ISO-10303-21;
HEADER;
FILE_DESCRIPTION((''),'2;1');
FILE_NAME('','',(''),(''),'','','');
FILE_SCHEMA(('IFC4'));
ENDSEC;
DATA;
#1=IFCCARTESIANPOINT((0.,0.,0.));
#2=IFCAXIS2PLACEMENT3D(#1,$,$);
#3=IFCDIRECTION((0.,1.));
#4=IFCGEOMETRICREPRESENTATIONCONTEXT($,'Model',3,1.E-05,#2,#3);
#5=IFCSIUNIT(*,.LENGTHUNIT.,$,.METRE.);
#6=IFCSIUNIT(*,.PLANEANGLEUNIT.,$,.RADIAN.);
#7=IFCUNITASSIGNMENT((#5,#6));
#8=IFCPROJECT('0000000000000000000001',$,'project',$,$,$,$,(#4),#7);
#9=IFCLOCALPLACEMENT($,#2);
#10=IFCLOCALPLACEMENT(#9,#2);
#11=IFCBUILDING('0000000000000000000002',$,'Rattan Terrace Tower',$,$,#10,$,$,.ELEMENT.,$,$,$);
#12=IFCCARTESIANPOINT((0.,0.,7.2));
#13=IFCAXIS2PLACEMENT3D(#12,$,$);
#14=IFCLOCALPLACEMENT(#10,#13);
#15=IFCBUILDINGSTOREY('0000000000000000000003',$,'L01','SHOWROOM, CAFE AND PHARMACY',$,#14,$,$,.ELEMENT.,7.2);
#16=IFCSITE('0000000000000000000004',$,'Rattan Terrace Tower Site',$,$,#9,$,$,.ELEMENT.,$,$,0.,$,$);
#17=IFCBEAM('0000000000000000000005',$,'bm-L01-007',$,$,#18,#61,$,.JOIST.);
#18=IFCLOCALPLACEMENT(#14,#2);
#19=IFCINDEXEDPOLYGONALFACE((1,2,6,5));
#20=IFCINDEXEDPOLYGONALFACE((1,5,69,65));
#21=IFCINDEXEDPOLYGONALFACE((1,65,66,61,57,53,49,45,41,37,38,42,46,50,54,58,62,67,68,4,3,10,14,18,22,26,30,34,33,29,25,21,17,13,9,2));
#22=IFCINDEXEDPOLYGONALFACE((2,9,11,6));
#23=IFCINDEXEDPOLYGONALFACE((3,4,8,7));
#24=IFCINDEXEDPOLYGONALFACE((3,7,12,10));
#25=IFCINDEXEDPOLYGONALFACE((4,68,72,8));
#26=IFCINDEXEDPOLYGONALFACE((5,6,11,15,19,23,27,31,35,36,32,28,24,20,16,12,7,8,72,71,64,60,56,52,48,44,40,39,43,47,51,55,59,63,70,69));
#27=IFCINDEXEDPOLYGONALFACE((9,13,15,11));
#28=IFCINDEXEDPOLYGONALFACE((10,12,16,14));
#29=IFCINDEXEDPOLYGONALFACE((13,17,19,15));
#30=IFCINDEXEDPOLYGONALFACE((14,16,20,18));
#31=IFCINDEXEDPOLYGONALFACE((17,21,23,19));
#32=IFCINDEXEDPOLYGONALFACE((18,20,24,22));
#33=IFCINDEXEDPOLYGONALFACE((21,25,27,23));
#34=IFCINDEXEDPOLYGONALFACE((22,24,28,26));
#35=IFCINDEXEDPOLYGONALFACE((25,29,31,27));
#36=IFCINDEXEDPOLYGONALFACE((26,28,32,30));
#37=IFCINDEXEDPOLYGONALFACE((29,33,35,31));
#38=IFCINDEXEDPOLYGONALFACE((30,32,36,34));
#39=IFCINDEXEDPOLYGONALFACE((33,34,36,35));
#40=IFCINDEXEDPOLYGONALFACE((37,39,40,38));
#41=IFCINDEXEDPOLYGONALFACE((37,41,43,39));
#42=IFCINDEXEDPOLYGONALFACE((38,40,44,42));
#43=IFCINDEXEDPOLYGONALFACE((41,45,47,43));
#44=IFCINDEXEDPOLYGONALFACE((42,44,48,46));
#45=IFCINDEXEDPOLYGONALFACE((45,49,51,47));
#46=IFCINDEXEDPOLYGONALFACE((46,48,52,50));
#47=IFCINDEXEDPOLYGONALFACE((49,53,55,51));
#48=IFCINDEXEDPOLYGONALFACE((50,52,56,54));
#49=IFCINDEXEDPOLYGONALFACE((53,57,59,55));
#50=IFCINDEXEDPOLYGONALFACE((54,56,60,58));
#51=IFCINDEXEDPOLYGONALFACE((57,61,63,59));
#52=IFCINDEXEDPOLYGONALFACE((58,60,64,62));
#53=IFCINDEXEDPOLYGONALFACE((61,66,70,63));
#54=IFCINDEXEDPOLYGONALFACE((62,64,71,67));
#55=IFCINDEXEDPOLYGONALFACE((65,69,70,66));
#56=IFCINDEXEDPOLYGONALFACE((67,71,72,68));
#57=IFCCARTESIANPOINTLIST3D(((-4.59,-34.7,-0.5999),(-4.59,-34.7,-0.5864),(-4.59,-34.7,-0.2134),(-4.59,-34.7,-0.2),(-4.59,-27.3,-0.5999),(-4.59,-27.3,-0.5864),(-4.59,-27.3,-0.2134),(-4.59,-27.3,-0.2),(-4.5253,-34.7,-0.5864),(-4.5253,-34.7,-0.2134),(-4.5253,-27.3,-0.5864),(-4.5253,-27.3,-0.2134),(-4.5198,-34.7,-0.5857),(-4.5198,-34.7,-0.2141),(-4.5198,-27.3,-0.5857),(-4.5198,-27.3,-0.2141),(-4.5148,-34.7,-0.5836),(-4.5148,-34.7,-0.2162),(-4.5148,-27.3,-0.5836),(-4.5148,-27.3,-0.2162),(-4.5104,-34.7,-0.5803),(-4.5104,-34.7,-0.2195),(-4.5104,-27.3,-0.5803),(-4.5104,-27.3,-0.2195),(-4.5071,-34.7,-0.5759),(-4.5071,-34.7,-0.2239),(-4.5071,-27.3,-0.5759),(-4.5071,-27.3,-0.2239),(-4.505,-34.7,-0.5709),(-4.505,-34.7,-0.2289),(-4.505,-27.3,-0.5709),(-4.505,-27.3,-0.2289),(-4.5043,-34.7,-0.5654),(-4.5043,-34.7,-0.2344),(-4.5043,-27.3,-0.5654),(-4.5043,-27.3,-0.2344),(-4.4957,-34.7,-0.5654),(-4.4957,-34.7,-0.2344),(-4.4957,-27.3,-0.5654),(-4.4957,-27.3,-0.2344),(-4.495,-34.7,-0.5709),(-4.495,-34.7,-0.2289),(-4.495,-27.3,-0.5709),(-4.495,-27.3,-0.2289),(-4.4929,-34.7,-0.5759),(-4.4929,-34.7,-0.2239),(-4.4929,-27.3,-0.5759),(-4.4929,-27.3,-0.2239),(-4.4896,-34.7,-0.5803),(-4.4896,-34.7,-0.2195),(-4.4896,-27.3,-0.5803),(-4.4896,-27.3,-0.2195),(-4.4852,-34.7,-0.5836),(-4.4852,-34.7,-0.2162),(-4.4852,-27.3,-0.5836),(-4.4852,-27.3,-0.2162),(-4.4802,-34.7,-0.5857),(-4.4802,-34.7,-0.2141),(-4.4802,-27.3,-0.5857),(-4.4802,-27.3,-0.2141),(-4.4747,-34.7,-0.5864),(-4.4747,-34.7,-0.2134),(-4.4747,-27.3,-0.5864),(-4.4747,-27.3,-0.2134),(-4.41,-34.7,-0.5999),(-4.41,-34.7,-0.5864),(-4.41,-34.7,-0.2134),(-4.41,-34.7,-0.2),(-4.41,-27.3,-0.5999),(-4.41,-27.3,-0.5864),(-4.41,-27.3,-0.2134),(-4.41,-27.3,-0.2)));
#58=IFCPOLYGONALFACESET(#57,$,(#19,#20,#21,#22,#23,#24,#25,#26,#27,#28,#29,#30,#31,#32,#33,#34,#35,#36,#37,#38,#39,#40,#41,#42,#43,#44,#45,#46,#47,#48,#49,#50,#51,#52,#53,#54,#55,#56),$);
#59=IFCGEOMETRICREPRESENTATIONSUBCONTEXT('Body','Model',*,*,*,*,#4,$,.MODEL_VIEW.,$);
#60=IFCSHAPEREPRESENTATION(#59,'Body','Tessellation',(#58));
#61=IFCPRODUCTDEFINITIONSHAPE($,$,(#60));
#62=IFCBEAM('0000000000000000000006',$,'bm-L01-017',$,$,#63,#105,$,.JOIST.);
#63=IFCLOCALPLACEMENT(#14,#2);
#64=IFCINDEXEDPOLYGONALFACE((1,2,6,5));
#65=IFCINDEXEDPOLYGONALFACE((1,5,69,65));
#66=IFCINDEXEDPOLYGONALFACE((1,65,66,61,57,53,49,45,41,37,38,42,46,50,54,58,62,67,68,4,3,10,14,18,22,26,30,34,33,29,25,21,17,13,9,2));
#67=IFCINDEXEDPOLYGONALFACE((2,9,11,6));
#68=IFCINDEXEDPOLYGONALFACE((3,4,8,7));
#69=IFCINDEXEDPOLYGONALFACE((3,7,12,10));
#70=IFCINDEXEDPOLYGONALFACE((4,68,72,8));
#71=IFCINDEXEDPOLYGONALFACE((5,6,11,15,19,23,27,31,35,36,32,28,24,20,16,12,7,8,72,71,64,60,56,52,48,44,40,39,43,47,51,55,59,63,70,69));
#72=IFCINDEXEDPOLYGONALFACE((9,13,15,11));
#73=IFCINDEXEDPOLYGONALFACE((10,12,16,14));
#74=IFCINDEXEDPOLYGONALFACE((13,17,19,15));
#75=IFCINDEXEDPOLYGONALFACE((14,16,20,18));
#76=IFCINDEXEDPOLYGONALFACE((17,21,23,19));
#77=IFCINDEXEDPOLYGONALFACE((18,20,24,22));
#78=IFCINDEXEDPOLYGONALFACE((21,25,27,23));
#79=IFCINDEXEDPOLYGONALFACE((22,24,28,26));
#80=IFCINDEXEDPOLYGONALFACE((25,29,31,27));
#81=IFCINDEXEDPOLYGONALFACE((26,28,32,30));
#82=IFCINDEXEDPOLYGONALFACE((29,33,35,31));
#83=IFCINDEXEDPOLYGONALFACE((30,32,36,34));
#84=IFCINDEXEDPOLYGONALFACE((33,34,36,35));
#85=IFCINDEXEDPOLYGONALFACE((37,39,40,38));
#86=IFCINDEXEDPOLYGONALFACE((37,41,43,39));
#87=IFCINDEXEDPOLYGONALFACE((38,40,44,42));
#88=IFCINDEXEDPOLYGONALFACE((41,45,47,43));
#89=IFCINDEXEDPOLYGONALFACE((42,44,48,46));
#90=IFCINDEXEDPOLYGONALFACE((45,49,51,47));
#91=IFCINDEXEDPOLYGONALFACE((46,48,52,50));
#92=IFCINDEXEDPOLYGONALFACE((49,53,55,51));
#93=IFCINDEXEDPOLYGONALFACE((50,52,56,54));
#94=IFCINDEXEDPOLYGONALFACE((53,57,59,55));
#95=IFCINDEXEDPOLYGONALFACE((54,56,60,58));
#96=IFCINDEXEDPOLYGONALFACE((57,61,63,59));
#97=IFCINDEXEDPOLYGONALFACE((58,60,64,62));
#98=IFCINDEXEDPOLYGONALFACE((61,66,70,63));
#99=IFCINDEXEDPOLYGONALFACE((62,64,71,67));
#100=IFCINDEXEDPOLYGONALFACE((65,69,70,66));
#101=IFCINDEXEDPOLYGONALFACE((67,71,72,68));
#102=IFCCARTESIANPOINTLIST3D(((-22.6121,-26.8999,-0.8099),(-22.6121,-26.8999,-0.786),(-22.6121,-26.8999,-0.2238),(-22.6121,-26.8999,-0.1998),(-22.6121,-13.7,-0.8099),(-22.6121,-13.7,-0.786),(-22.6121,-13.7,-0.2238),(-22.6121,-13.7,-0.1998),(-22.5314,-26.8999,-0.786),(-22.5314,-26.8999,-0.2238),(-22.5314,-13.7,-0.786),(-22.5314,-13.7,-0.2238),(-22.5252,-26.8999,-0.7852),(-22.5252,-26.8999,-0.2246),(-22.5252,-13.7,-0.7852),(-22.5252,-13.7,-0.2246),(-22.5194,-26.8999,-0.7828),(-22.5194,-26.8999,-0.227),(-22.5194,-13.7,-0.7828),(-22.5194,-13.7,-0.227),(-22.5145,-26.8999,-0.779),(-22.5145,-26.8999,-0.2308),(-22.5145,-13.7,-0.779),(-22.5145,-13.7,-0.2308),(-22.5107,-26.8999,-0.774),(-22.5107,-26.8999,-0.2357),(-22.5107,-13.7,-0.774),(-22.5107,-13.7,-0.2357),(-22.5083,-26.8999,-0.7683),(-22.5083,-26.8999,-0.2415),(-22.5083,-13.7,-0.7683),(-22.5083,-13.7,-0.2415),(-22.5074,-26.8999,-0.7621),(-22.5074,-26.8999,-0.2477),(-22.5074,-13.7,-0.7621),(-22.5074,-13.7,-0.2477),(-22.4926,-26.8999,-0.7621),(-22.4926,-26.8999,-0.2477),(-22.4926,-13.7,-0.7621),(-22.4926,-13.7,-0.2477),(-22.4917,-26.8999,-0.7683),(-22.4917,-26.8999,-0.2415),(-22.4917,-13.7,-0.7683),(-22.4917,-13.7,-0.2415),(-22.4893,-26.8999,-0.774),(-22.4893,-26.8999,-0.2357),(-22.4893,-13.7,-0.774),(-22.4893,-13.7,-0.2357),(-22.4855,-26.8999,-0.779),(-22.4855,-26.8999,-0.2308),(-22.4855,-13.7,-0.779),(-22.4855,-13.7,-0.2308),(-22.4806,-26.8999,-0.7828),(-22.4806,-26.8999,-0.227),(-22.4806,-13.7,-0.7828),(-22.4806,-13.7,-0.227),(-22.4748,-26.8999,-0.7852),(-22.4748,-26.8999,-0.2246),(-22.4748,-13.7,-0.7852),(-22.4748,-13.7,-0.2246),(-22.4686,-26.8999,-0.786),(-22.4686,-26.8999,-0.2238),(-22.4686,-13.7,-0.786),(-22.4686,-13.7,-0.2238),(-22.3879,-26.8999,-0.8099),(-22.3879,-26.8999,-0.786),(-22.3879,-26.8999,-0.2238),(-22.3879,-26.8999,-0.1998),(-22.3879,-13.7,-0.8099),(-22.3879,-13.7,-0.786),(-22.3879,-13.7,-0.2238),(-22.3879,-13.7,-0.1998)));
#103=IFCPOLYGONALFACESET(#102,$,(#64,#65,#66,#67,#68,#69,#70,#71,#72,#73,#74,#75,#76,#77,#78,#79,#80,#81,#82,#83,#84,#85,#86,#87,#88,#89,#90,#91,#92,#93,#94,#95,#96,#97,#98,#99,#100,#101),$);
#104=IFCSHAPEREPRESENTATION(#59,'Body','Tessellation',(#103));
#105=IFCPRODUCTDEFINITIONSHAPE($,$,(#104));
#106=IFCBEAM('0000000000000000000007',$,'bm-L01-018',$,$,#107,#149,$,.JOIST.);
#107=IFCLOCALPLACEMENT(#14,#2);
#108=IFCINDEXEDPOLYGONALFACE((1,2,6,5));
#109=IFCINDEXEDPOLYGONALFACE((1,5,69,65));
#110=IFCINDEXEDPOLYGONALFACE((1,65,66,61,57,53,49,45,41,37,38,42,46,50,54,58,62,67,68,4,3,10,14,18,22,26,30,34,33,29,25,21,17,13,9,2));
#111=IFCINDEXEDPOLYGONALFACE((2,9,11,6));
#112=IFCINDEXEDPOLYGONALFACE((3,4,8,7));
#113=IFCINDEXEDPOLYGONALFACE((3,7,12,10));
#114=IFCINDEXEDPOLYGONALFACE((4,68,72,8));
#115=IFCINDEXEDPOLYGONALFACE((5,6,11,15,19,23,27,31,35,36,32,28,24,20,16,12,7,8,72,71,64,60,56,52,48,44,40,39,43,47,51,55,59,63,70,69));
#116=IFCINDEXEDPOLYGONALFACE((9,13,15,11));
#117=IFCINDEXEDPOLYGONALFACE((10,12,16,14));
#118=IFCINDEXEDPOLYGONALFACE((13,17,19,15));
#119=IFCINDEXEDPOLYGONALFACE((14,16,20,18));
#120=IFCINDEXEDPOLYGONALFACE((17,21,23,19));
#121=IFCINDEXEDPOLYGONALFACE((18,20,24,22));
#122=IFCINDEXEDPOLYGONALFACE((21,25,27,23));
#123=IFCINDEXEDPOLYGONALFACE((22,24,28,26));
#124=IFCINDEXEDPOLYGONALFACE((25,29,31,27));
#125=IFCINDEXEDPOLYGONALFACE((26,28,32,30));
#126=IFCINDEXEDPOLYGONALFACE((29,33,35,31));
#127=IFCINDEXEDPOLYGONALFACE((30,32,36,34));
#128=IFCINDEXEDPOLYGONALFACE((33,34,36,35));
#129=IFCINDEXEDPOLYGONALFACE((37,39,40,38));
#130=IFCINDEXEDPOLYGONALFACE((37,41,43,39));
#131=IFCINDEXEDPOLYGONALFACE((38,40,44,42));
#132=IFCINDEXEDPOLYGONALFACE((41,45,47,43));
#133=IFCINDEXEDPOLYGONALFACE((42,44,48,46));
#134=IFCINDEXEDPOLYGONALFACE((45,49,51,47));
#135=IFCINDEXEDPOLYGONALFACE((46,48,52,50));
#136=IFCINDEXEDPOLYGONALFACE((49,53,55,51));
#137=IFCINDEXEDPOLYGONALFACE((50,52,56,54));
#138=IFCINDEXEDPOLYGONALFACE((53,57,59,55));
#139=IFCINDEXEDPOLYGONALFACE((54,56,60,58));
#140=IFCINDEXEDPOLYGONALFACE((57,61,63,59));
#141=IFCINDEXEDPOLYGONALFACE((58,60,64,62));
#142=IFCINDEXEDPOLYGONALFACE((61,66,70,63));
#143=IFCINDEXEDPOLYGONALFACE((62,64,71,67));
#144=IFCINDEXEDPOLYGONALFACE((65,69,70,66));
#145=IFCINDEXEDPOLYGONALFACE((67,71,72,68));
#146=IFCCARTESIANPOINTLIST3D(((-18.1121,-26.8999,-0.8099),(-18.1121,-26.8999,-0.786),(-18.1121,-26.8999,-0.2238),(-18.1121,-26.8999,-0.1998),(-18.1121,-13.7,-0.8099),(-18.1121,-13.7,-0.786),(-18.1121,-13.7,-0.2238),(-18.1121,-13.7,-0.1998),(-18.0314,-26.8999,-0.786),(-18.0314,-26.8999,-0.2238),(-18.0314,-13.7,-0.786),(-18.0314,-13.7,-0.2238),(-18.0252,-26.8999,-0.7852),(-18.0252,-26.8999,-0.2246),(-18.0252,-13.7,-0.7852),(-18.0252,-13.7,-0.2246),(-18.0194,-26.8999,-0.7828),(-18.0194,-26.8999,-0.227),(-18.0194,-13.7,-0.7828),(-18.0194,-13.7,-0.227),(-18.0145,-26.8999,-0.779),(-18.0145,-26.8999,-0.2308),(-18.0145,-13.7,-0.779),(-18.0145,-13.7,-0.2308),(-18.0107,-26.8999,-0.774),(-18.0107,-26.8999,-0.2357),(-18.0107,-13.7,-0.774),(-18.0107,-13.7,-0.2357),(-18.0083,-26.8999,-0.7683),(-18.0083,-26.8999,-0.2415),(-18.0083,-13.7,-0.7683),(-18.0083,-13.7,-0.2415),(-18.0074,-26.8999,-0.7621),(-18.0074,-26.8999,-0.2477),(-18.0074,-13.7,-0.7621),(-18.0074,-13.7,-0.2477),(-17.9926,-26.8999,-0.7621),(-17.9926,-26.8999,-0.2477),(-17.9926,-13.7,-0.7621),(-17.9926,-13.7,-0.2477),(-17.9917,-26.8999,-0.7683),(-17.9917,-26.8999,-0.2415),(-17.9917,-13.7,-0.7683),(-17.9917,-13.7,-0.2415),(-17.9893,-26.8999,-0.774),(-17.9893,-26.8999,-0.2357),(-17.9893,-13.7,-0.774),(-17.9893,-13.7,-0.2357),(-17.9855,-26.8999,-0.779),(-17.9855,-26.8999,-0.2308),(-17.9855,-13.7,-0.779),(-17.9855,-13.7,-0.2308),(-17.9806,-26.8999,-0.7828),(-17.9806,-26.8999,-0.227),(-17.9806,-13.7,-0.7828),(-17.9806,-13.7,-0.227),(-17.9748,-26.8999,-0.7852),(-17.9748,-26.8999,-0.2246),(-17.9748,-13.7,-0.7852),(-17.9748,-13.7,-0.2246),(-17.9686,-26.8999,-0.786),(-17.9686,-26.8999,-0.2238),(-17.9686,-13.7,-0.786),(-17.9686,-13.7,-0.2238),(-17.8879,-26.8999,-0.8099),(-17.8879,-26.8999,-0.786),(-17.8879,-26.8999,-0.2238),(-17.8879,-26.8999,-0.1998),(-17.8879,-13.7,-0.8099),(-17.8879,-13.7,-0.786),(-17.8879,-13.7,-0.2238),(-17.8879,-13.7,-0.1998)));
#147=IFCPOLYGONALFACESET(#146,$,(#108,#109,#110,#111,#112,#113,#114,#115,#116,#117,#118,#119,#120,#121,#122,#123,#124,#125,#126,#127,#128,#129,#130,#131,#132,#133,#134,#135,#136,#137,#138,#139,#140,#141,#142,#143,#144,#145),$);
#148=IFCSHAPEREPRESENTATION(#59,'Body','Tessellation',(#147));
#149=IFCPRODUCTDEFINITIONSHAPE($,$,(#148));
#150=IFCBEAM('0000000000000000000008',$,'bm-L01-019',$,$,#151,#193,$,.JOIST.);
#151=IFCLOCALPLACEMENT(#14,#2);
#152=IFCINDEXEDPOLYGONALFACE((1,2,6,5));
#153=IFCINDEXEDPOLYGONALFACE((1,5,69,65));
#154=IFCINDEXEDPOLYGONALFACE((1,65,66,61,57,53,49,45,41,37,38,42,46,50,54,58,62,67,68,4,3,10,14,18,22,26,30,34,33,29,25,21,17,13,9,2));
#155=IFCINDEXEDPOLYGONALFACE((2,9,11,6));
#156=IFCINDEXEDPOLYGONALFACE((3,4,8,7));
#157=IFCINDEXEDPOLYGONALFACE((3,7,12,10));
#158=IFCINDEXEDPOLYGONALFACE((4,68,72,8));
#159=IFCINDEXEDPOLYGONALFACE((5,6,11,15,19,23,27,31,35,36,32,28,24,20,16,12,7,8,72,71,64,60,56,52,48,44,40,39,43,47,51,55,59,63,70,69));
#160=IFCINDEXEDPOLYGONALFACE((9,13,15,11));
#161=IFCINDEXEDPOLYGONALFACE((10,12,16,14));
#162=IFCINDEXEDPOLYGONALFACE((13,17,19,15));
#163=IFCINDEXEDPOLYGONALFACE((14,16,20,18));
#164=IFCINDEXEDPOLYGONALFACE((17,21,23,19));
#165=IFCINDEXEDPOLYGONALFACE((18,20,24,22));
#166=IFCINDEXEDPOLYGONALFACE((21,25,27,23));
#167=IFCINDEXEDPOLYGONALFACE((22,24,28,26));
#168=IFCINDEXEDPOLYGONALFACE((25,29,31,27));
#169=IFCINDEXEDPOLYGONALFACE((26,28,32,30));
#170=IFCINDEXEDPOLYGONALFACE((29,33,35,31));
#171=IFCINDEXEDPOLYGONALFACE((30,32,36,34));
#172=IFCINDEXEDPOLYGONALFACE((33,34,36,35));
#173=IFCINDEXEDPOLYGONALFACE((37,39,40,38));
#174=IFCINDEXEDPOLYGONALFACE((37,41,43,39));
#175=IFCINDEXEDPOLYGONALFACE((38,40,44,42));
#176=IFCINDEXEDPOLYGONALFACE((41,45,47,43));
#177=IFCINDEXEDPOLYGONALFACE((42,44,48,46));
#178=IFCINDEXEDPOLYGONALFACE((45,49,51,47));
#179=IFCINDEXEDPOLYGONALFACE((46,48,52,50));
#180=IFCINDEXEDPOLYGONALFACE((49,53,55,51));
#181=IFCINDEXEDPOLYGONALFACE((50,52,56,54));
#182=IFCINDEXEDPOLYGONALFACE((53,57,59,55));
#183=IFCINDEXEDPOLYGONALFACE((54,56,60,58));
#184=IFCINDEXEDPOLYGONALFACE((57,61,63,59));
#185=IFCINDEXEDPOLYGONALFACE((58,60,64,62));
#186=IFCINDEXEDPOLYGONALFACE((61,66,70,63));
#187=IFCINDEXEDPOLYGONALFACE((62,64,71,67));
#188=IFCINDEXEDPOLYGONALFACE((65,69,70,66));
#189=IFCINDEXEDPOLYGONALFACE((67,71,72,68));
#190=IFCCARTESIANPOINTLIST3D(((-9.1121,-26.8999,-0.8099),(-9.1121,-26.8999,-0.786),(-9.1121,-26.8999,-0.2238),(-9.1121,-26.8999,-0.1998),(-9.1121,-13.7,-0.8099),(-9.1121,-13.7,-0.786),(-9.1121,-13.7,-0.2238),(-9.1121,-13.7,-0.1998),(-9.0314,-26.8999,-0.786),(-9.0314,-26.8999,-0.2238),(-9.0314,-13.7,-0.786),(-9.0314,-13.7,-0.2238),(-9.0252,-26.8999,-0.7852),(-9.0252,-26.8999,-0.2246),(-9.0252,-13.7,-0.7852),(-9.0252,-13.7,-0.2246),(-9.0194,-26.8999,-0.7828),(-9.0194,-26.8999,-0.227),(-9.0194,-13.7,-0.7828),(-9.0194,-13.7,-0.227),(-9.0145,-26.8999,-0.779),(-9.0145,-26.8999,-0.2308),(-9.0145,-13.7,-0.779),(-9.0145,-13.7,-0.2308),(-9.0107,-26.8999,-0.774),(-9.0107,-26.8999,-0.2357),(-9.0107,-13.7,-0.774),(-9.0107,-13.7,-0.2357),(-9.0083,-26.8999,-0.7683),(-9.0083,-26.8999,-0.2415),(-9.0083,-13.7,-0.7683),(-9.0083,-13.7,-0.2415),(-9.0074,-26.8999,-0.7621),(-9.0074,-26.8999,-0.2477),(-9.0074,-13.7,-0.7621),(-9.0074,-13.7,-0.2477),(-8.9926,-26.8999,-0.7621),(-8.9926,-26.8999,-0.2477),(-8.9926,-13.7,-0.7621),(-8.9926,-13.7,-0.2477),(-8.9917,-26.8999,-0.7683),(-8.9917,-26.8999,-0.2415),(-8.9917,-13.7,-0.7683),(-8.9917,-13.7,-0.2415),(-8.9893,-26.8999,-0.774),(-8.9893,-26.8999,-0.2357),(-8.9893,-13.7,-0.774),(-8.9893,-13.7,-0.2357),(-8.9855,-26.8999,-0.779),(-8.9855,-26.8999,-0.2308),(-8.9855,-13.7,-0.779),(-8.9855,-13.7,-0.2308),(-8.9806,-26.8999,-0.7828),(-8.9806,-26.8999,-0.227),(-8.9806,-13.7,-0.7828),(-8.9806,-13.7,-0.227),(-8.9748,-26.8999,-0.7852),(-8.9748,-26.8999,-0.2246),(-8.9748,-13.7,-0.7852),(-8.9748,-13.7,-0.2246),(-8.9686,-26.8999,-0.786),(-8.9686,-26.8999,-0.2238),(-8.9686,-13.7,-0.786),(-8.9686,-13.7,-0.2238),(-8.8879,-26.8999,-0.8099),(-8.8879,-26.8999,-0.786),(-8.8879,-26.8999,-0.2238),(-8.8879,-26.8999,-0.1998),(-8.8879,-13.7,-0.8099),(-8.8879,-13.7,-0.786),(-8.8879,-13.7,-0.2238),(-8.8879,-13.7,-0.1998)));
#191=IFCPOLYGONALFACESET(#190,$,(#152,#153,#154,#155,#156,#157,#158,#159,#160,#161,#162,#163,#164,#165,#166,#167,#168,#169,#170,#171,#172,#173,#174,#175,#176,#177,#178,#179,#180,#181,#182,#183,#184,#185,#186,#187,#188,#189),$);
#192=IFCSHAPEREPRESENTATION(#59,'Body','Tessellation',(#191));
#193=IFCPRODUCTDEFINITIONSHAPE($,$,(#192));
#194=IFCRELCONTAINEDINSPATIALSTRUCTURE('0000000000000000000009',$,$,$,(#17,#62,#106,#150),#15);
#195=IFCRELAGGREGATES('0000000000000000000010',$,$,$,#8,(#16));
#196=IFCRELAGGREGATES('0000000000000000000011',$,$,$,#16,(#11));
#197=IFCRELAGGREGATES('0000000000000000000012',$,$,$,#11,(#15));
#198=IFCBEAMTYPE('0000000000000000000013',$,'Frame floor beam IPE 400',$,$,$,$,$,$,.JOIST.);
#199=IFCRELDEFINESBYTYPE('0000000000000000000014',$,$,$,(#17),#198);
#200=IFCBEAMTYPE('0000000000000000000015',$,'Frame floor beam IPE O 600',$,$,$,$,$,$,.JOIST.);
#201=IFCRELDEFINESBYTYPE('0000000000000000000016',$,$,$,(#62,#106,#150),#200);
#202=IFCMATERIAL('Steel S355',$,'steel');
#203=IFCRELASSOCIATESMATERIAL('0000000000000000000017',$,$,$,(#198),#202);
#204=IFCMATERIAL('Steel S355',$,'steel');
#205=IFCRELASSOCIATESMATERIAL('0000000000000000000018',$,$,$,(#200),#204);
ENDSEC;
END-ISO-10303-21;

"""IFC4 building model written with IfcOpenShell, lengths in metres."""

from ifc_helpers import new_model, si_unit, direction, frame, origin, origin_2d, place, context, subcontext, project, spatial, i_section, extrude, material, material_profile, profile_set, type_object, element, save


model = new_model("IFC4")

# Units and contexts
model_context = context("Model", 3, precision=1e-05, world=origin(), true_north=direction((0.0, 1.0)))
body_context = subcontext(model_context, "Body", "Model", "MODEL_VIEW")
ifc_project = project(units=[si_unit("LENGTHUNIT", "METRE"), si_unit("PLANEANGLEUNIT", "RADIAN")], contexts=[model_context])

# Site, building, storey
site_placement = place(None, origin())
site = spatial("IfcSite", under=ifc_project, at=site_placement, Name="Rattan Terrace Tower Site", CompositionType="ELEMENT", RefElevation=0.0)
building_placement = place(site_placement, origin())
building = spatial("IfcBuilding", under=site, at=building_placement, Name="Rattan Terrace Tower", CompositionType="ELEMENT")
storey_placement = place(building_placement, frame((0.0, 0.0, 7.2)))
storey = spatial("IfcBuildingStorey", under=building, at=storey_placement, Name="L01", Description="SHOWROOM, CAFE AND PHARMACY", CompositionType="ELEMENT", Elevation=7.2)

# Beams
ifc_material_1 = material(Name="Steel S355", Category="steel")
ifc_material_profile_1 = material_profile(ifc_material_1, i_section(OverallWidth=0.1799, OverallDepth=0.3999, WebThickness=0.0085, FlangeThickness=0.0134, FilletRadius=0.021, at=origin_2d()), Name="IPE 400")
ifc_profile_set_1 = profile_set([ifc_material_profile_1], Name="Steel S355")
beam_type_1 = type_object("IfcBeamType", Name="Frame floor beam IPE 400", PredefinedType="JOIST", material=ifc_profile_set_1)
for number, where, z_axis, x_axis, name in (
    (1, (-4.5, -34.7, -0.3999), (0.0, 1.0, 0.0), (-1.0, 0.0, 0.0), "bm-L01-007"),
):
    element("IfcBeam", number, at=place(storey_placement, frame(where, z_axis=z_axis, x_axis=x_axis)), inside=storey, type_object=beam_type_1, Name=name, PredefinedType="JOIST", context=body_context, shape_type="SweptSolid", body=[
        extrude(i_section(OverallWidth=0.1799, OverallDepth=0.3999, WebThickness=0.0085, FlangeThickness=0.0134, FilletRadius=0.021, at=origin_2d()), origin(), (0.0, 0.0, 1.0), 7.3999),
    ])
ifc_material_2 = material(Name="Steel S355", Category="steel")
ifc_material_profile_2 = material_profile(ifc_material_2, i_section(OverallWidth=0.2241, OverallDepth=0.6101, WebThickness=0.0149, FlangeThickness=0.0239, FilletRadius=0.0239, at=origin_2d()), Name="IPE O 600")
ifc_profile_set_2 = profile_set([ifc_material_profile_2], Name="Steel S355")
beam_type_2 = type_object("IfcBeamType", Name="Frame floor beam IPE O 600", PredefinedType="JOIST", material=ifc_profile_set_2)
for number, where, z_axis, x_axis, name in (
    (2, (-22.5, -26.8999, -0.5049), (0.0, 1.0, 0.0), (-1.0, 0.0, 0.0), "bm-L01-017"),
    (3, (-18.0, -26.8999, -0.5049), (0.0, 1.0, 0.0), (-1.0, 0.0, 0.0), "bm-L01-018"),
    (4, (-9.0, -26.8999, -0.5049), (0.0, 1.0, 0.0), (-1.0, 0.0, 0.0), "bm-L01-019"),
):
    element("IfcBeam", number, at=place(storey_placement, frame(where, z_axis=z_axis, x_axis=x_axis)), inside=storey, type_object=beam_type_2, Name=name, PredefinedType="JOIST", context=body_context, shape_type="SweptSolid", body=[
        extrude(i_section(OverallWidth=0.2241, OverallDepth=0.6101, WebThickness=0.0149, FlangeThickness=0.0239, FilletRadius=0.0239, at=origin_2d()), origin(), (0.0, 0.0, 1.0), 13.2),
    ])

save(model, "model.ifc")
